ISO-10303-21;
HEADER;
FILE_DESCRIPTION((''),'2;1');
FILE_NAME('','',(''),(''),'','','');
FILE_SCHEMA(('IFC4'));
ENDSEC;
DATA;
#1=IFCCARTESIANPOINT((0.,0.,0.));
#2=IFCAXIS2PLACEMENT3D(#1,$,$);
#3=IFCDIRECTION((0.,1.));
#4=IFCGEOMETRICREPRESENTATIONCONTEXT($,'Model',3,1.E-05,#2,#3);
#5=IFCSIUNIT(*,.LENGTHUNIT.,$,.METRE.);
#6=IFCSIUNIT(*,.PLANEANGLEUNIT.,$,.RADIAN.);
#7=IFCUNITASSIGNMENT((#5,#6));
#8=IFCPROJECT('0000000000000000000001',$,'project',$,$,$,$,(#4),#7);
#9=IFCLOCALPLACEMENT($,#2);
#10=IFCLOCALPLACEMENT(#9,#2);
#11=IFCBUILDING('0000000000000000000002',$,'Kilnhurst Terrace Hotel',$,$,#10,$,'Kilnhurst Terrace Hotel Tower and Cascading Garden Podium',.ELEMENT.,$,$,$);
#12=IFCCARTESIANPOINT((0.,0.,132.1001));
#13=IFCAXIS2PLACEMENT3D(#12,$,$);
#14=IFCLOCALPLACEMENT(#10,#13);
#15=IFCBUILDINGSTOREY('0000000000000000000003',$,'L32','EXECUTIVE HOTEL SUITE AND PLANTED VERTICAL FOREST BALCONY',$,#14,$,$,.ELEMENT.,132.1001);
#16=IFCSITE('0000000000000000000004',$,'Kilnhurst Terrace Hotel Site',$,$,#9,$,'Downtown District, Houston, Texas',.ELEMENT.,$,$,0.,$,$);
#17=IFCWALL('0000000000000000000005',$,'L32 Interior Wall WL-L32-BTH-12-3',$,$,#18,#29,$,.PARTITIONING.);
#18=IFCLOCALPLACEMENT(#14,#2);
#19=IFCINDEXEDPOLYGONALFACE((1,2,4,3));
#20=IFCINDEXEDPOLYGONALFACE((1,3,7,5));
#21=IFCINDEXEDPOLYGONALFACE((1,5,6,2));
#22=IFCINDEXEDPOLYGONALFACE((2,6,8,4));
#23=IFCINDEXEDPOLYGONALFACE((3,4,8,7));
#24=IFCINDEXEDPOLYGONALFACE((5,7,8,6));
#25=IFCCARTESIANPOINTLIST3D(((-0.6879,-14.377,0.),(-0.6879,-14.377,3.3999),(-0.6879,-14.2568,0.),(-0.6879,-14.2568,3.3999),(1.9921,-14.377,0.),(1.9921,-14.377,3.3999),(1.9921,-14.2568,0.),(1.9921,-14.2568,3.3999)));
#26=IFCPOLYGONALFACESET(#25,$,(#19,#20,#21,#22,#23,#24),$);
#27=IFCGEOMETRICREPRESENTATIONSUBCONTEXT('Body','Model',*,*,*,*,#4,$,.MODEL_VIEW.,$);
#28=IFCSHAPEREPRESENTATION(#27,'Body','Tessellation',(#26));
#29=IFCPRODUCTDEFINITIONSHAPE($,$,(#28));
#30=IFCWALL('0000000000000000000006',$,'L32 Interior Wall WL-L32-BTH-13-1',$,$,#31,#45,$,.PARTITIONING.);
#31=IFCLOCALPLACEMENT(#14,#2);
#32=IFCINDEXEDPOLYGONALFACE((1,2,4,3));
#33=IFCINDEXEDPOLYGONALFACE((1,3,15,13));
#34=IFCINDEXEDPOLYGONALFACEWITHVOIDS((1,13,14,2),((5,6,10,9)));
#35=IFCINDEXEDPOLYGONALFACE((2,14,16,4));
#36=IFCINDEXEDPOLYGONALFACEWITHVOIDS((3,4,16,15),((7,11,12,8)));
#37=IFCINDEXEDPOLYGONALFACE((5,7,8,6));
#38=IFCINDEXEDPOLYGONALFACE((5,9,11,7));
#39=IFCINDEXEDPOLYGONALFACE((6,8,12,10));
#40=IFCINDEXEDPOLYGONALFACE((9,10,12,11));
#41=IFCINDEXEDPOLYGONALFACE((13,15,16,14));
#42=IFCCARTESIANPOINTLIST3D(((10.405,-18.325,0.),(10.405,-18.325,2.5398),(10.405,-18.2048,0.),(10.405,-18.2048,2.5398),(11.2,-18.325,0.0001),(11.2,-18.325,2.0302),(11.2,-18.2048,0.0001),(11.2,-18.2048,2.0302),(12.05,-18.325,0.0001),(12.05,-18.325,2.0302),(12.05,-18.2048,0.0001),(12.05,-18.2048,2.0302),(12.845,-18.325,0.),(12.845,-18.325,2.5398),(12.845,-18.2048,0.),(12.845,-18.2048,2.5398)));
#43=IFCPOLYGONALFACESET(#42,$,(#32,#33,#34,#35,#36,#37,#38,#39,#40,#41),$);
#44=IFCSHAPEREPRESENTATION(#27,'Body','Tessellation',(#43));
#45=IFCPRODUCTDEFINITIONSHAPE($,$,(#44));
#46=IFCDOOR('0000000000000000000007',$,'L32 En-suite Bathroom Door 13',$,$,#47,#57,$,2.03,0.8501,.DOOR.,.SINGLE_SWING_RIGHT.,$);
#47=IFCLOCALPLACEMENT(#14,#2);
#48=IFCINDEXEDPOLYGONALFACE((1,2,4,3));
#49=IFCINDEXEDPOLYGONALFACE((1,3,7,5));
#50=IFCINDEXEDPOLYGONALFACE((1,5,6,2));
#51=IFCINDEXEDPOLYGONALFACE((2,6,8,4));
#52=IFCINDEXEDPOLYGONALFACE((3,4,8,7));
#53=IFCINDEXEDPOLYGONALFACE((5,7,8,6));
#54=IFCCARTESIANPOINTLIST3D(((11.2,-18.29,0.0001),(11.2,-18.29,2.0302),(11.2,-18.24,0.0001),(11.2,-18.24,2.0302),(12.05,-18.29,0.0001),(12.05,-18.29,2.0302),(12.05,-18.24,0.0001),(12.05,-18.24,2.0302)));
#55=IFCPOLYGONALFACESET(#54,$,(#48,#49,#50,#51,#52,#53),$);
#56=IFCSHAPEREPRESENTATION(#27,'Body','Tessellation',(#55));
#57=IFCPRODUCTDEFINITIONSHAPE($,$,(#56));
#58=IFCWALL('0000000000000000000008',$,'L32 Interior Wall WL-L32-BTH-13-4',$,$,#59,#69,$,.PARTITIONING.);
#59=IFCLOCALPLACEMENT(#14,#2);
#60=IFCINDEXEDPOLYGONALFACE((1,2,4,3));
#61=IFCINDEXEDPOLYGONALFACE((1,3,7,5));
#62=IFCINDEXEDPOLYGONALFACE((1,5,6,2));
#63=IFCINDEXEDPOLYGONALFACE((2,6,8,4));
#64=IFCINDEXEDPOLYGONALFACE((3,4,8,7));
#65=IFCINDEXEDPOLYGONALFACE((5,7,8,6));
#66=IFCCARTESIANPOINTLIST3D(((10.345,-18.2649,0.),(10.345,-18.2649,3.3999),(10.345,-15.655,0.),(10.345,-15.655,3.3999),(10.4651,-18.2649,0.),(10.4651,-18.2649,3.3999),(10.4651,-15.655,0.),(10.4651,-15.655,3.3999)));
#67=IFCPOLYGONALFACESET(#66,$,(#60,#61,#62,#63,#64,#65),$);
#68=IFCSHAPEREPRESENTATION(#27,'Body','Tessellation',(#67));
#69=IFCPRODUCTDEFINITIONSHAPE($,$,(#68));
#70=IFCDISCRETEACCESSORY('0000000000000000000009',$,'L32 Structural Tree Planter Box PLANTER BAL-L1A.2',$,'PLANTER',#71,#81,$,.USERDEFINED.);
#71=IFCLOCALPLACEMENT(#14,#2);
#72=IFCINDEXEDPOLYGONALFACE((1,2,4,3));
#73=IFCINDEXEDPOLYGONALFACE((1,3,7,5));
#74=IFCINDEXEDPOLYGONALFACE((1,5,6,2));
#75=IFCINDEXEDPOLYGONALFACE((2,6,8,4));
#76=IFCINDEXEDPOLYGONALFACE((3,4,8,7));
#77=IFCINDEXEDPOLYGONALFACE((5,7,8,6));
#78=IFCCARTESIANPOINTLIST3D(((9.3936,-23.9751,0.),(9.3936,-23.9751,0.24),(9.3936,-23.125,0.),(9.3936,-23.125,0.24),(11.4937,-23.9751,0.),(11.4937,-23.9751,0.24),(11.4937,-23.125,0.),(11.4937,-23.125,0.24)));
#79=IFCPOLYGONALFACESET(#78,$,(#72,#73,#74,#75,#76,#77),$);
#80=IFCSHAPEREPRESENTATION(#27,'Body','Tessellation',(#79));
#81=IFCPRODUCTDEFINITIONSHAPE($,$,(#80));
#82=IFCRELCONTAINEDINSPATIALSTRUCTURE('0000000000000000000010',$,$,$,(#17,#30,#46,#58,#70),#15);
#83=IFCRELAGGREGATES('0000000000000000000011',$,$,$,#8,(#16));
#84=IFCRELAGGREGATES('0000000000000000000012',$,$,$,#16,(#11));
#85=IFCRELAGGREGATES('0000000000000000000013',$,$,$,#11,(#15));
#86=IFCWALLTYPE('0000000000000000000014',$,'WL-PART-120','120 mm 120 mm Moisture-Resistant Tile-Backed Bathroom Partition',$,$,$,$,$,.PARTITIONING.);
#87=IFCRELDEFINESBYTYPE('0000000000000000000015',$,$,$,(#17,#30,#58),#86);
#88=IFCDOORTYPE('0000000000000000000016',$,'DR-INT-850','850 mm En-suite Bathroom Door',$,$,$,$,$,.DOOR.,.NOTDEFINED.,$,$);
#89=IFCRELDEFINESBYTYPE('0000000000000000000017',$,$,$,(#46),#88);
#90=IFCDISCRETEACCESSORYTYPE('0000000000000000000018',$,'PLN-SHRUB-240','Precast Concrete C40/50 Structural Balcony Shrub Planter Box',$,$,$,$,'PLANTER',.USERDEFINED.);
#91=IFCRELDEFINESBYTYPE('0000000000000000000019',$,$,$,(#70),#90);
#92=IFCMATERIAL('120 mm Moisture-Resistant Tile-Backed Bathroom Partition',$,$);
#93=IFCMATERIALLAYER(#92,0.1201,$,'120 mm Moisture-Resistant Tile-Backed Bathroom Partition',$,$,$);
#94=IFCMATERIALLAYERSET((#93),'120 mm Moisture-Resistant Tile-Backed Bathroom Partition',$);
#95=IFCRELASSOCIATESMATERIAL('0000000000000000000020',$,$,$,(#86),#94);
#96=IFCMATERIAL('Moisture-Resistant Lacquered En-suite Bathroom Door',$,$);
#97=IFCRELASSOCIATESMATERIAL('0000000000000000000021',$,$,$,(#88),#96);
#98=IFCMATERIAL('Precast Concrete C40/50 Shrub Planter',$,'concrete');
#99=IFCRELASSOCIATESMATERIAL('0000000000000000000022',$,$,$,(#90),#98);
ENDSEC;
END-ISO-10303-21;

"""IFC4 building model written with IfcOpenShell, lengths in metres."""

from ifc_helpers import new_model, si_unit, direction, frame, frame_2d, origin, origin_2d, place, context, subcontext, project, spatial, rectangle, extrude, material, layer, layer_set, type_object, element, fill, save


model = new_model("IFC4")

# Units and contexts
model_context = context("Model", 3, precision=1e-05, world=origin(), true_north=direction((0.0, 1.0)))
body_context = subcontext(model_context, "Body", "Model", "MODEL_VIEW")
ifc_project = project(units=[si_unit("LENGTHUNIT", "METRE"), si_unit("PLANEANGLEUNIT", "RADIAN")], contexts=[model_context])

# Site, building, storey
site_placement = place(None, origin())
site = spatial("IfcSite", under=ifc_project, at=site_placement, Name="Kilnhurst Terrace Hotel Site", LongName="Downtown District, Houston, Texas", CompositionType="ELEMENT", RefElevation=0.0)
building_placement = place(site_placement, origin())
building = spatial("IfcBuilding", under=site, at=building_placement, Name="Kilnhurst Terrace Hotel", LongName="Kilnhurst Terrace Hotel Tower and Cascading Garden Podium", CompositionType="ELEMENT")
storey_placement = place(building_placement, frame((0.0, 0.0, 132.1001)))
storey = spatial("IfcBuildingStorey", under=building, at=storey_placement, Name="L32", Description="EXECUTIVE HOTEL SUITE AND PLANTED VERTICAL FOREST BALCONY", CompositionType="ELEMENT", Elevation=132.1001)

# Wall
ifc_material_1 = material(Name="120 mm Moisture-Resistant Tile-Backed Bathroom Partition")
ifc_layer_1 = layer(ifc_material_1, 0.1201, Name="120 mm Moisture-Resistant Tile-Backed Bathroom Partition")
ifc_layer_set_1 = layer_set([ifc_layer_1], Name="120 mm Moisture-Resistant Tile-Backed Bathroom Partition")
wall_type_1 = type_object("IfcWallType", Name="WL-PART-120", Description="120 mm 120 mm Moisture-Resistant Tile-Backed Bathroom Partition", PredefinedType="PARTITIONING", material=ifc_layer_set_1)
wall_1_placement = place(storey_placement, frame((1.9919, -14.3169, 0.0), z_axis=(0.0, 0.0, 1.0), x_axis=(-1.0, 0.0, 0.0)))
element("IfcWall", 1, at=wall_1_placement, inside=storey, type_object=wall_type_1, Name="L32 Interior Wall WL-L32-BTH-12-3", PredefinedType="PARTITIONING", context=body_context, shape_type="SweptSolid", body=[
    extrude(rectangle(XDim=2.6799, YDim=0.1201, at=frame_2d((1.3398, 0.0))), origin(), (0.0, 0.0, 1.0), 3.3999),
])

# Wall, opening, door
wall_2_placement = place(storey_placement, frame((10.405, -18.2649, 0.0), z_axis=(0.0, 0.0, 1.0), x_axis=(1.0, 0.0, 0.0)))
wall_2 = element("IfcWall", 2, at=wall_2_placement, inside=storey, type_object=wall_type_1, Name="L32 Interior Wall WL-L32-BTH-13-1", PredefinedType="PARTITIONING", context=body_context, shape_type="SweptSolid", body=[
    extrude(rectangle(XDim=2.4399, YDim=0.1201, at=frame_2d((1.22, 0.0))), origin(), (0.0, 0.0, 1.0), 2.5398),
])
opening_placement = place(wall_2_placement, frame((0.7949, 0.0, 0.0)))
opening = element("IfcOpeningElement", 3, at=opening_placement, cuts=wall_2, PredefinedType="OPENING", context=body_context, shape_type="SweptSolid", body=[
    extrude(rectangle(XDim=0.8501, YDim=2.03, at=frame_2d((0.425, 1.0151))), frame((0.0, 0.0701, 0.0), z_axis=(0.0, -1.0, 0.0), x_axis=(1.0, 0.0, 0.0)), (0.0, 0.0, 1.0), 0.1401),
])
ifc_material_2 = material(Name="Moisture-Resistant Lacquered En-suite Bathroom Door")
door_type = type_object("IfcDoorType", Name="DR-INT-850", Description="850 mm En-suite Bathroom Door", OperationType="NOTDEFINED", PredefinedType="DOOR", material=ifc_material_2)
door_placement = place(opening_placement, origin())
door = element("IfcDoor", 4, at=door_placement, inside=storey, type_object=door_type, Name="L32 En-suite Bathroom Door 13", OperationType="SINGLE_SWING_RIGHT", OverallHeight=2.03, OverallWidth=0.8501, PredefinedType="DOOR", context=body_context, shape_type="SweptSolid", body=[
    extrude(rectangle(XDim=0.8501, YDim=2.03, at=frame_2d((0.425, 1.0151))), frame((0.0, 0.0249, 0.0), z_axis=(0.0, -1.0, 0.0), x_axis=(1.0, 0.0, 0.0)), (0.0, 0.0, 1.0), 0.05),
])
fill(opening, door)

# Wall
wall_3_placement = place(storey_placement, frame((10.405, -15.655, 0.0), z_axis=(0.0, 0.0, 1.0), x_axis=(0.0, -1.0, 0.0)))
element("IfcWall", 5, at=wall_3_placement, inside=storey, type_object=wall_type_1, Name="L32 Interior Wall WL-L32-BTH-13-4", PredefinedType="PARTITIONING", context=body_context, shape_type="SweptSolid", body=[
    extrude(rectangle(XDim=2.6099, YDim=0.1201, at=frame_2d((1.3049, 0.0))), origin(), (0.0, 0.0, 1.0), 3.3999),
])

# Discrete accessory
ifc_material_3 = material(Name="Precast Concrete C40/50 Shrub Planter", Category="concrete")
discrete_accessory_type = type_object("IfcDiscreteAccessoryType", Name="PLN-SHRUB-240", Description="Precast Concrete C40/50 Structural Balcony Shrub Planter Box", ElementType="PLANTER", PredefinedType="USERDEFINED", material=ifc_material_3)
discrete_accessory_placement = place(storey_placement, frame((10.4436, -23.55, 0.0), z_axis=(0.0, 0.0, 1.0), x_axis=(1.0, 0.0, 0.0)))
element("IfcDiscreteAccessory", 6, at=discrete_accessory_placement, inside=storey, type_object=discrete_accessory_type, Name="L32 Structural Tree Planter Box PLANTER BAL-L1A.2", ObjectType="PLANTER", PredefinedType="USERDEFINED", context=body_context, shape_type="SweptSolid", body=[
    extrude(rectangle(XDim=2.1001, YDim=0.8501, at=origin_2d()), origin(), (0.0, 0.0, 1.0), 0.24),
])

save(model, "model.ifc")
